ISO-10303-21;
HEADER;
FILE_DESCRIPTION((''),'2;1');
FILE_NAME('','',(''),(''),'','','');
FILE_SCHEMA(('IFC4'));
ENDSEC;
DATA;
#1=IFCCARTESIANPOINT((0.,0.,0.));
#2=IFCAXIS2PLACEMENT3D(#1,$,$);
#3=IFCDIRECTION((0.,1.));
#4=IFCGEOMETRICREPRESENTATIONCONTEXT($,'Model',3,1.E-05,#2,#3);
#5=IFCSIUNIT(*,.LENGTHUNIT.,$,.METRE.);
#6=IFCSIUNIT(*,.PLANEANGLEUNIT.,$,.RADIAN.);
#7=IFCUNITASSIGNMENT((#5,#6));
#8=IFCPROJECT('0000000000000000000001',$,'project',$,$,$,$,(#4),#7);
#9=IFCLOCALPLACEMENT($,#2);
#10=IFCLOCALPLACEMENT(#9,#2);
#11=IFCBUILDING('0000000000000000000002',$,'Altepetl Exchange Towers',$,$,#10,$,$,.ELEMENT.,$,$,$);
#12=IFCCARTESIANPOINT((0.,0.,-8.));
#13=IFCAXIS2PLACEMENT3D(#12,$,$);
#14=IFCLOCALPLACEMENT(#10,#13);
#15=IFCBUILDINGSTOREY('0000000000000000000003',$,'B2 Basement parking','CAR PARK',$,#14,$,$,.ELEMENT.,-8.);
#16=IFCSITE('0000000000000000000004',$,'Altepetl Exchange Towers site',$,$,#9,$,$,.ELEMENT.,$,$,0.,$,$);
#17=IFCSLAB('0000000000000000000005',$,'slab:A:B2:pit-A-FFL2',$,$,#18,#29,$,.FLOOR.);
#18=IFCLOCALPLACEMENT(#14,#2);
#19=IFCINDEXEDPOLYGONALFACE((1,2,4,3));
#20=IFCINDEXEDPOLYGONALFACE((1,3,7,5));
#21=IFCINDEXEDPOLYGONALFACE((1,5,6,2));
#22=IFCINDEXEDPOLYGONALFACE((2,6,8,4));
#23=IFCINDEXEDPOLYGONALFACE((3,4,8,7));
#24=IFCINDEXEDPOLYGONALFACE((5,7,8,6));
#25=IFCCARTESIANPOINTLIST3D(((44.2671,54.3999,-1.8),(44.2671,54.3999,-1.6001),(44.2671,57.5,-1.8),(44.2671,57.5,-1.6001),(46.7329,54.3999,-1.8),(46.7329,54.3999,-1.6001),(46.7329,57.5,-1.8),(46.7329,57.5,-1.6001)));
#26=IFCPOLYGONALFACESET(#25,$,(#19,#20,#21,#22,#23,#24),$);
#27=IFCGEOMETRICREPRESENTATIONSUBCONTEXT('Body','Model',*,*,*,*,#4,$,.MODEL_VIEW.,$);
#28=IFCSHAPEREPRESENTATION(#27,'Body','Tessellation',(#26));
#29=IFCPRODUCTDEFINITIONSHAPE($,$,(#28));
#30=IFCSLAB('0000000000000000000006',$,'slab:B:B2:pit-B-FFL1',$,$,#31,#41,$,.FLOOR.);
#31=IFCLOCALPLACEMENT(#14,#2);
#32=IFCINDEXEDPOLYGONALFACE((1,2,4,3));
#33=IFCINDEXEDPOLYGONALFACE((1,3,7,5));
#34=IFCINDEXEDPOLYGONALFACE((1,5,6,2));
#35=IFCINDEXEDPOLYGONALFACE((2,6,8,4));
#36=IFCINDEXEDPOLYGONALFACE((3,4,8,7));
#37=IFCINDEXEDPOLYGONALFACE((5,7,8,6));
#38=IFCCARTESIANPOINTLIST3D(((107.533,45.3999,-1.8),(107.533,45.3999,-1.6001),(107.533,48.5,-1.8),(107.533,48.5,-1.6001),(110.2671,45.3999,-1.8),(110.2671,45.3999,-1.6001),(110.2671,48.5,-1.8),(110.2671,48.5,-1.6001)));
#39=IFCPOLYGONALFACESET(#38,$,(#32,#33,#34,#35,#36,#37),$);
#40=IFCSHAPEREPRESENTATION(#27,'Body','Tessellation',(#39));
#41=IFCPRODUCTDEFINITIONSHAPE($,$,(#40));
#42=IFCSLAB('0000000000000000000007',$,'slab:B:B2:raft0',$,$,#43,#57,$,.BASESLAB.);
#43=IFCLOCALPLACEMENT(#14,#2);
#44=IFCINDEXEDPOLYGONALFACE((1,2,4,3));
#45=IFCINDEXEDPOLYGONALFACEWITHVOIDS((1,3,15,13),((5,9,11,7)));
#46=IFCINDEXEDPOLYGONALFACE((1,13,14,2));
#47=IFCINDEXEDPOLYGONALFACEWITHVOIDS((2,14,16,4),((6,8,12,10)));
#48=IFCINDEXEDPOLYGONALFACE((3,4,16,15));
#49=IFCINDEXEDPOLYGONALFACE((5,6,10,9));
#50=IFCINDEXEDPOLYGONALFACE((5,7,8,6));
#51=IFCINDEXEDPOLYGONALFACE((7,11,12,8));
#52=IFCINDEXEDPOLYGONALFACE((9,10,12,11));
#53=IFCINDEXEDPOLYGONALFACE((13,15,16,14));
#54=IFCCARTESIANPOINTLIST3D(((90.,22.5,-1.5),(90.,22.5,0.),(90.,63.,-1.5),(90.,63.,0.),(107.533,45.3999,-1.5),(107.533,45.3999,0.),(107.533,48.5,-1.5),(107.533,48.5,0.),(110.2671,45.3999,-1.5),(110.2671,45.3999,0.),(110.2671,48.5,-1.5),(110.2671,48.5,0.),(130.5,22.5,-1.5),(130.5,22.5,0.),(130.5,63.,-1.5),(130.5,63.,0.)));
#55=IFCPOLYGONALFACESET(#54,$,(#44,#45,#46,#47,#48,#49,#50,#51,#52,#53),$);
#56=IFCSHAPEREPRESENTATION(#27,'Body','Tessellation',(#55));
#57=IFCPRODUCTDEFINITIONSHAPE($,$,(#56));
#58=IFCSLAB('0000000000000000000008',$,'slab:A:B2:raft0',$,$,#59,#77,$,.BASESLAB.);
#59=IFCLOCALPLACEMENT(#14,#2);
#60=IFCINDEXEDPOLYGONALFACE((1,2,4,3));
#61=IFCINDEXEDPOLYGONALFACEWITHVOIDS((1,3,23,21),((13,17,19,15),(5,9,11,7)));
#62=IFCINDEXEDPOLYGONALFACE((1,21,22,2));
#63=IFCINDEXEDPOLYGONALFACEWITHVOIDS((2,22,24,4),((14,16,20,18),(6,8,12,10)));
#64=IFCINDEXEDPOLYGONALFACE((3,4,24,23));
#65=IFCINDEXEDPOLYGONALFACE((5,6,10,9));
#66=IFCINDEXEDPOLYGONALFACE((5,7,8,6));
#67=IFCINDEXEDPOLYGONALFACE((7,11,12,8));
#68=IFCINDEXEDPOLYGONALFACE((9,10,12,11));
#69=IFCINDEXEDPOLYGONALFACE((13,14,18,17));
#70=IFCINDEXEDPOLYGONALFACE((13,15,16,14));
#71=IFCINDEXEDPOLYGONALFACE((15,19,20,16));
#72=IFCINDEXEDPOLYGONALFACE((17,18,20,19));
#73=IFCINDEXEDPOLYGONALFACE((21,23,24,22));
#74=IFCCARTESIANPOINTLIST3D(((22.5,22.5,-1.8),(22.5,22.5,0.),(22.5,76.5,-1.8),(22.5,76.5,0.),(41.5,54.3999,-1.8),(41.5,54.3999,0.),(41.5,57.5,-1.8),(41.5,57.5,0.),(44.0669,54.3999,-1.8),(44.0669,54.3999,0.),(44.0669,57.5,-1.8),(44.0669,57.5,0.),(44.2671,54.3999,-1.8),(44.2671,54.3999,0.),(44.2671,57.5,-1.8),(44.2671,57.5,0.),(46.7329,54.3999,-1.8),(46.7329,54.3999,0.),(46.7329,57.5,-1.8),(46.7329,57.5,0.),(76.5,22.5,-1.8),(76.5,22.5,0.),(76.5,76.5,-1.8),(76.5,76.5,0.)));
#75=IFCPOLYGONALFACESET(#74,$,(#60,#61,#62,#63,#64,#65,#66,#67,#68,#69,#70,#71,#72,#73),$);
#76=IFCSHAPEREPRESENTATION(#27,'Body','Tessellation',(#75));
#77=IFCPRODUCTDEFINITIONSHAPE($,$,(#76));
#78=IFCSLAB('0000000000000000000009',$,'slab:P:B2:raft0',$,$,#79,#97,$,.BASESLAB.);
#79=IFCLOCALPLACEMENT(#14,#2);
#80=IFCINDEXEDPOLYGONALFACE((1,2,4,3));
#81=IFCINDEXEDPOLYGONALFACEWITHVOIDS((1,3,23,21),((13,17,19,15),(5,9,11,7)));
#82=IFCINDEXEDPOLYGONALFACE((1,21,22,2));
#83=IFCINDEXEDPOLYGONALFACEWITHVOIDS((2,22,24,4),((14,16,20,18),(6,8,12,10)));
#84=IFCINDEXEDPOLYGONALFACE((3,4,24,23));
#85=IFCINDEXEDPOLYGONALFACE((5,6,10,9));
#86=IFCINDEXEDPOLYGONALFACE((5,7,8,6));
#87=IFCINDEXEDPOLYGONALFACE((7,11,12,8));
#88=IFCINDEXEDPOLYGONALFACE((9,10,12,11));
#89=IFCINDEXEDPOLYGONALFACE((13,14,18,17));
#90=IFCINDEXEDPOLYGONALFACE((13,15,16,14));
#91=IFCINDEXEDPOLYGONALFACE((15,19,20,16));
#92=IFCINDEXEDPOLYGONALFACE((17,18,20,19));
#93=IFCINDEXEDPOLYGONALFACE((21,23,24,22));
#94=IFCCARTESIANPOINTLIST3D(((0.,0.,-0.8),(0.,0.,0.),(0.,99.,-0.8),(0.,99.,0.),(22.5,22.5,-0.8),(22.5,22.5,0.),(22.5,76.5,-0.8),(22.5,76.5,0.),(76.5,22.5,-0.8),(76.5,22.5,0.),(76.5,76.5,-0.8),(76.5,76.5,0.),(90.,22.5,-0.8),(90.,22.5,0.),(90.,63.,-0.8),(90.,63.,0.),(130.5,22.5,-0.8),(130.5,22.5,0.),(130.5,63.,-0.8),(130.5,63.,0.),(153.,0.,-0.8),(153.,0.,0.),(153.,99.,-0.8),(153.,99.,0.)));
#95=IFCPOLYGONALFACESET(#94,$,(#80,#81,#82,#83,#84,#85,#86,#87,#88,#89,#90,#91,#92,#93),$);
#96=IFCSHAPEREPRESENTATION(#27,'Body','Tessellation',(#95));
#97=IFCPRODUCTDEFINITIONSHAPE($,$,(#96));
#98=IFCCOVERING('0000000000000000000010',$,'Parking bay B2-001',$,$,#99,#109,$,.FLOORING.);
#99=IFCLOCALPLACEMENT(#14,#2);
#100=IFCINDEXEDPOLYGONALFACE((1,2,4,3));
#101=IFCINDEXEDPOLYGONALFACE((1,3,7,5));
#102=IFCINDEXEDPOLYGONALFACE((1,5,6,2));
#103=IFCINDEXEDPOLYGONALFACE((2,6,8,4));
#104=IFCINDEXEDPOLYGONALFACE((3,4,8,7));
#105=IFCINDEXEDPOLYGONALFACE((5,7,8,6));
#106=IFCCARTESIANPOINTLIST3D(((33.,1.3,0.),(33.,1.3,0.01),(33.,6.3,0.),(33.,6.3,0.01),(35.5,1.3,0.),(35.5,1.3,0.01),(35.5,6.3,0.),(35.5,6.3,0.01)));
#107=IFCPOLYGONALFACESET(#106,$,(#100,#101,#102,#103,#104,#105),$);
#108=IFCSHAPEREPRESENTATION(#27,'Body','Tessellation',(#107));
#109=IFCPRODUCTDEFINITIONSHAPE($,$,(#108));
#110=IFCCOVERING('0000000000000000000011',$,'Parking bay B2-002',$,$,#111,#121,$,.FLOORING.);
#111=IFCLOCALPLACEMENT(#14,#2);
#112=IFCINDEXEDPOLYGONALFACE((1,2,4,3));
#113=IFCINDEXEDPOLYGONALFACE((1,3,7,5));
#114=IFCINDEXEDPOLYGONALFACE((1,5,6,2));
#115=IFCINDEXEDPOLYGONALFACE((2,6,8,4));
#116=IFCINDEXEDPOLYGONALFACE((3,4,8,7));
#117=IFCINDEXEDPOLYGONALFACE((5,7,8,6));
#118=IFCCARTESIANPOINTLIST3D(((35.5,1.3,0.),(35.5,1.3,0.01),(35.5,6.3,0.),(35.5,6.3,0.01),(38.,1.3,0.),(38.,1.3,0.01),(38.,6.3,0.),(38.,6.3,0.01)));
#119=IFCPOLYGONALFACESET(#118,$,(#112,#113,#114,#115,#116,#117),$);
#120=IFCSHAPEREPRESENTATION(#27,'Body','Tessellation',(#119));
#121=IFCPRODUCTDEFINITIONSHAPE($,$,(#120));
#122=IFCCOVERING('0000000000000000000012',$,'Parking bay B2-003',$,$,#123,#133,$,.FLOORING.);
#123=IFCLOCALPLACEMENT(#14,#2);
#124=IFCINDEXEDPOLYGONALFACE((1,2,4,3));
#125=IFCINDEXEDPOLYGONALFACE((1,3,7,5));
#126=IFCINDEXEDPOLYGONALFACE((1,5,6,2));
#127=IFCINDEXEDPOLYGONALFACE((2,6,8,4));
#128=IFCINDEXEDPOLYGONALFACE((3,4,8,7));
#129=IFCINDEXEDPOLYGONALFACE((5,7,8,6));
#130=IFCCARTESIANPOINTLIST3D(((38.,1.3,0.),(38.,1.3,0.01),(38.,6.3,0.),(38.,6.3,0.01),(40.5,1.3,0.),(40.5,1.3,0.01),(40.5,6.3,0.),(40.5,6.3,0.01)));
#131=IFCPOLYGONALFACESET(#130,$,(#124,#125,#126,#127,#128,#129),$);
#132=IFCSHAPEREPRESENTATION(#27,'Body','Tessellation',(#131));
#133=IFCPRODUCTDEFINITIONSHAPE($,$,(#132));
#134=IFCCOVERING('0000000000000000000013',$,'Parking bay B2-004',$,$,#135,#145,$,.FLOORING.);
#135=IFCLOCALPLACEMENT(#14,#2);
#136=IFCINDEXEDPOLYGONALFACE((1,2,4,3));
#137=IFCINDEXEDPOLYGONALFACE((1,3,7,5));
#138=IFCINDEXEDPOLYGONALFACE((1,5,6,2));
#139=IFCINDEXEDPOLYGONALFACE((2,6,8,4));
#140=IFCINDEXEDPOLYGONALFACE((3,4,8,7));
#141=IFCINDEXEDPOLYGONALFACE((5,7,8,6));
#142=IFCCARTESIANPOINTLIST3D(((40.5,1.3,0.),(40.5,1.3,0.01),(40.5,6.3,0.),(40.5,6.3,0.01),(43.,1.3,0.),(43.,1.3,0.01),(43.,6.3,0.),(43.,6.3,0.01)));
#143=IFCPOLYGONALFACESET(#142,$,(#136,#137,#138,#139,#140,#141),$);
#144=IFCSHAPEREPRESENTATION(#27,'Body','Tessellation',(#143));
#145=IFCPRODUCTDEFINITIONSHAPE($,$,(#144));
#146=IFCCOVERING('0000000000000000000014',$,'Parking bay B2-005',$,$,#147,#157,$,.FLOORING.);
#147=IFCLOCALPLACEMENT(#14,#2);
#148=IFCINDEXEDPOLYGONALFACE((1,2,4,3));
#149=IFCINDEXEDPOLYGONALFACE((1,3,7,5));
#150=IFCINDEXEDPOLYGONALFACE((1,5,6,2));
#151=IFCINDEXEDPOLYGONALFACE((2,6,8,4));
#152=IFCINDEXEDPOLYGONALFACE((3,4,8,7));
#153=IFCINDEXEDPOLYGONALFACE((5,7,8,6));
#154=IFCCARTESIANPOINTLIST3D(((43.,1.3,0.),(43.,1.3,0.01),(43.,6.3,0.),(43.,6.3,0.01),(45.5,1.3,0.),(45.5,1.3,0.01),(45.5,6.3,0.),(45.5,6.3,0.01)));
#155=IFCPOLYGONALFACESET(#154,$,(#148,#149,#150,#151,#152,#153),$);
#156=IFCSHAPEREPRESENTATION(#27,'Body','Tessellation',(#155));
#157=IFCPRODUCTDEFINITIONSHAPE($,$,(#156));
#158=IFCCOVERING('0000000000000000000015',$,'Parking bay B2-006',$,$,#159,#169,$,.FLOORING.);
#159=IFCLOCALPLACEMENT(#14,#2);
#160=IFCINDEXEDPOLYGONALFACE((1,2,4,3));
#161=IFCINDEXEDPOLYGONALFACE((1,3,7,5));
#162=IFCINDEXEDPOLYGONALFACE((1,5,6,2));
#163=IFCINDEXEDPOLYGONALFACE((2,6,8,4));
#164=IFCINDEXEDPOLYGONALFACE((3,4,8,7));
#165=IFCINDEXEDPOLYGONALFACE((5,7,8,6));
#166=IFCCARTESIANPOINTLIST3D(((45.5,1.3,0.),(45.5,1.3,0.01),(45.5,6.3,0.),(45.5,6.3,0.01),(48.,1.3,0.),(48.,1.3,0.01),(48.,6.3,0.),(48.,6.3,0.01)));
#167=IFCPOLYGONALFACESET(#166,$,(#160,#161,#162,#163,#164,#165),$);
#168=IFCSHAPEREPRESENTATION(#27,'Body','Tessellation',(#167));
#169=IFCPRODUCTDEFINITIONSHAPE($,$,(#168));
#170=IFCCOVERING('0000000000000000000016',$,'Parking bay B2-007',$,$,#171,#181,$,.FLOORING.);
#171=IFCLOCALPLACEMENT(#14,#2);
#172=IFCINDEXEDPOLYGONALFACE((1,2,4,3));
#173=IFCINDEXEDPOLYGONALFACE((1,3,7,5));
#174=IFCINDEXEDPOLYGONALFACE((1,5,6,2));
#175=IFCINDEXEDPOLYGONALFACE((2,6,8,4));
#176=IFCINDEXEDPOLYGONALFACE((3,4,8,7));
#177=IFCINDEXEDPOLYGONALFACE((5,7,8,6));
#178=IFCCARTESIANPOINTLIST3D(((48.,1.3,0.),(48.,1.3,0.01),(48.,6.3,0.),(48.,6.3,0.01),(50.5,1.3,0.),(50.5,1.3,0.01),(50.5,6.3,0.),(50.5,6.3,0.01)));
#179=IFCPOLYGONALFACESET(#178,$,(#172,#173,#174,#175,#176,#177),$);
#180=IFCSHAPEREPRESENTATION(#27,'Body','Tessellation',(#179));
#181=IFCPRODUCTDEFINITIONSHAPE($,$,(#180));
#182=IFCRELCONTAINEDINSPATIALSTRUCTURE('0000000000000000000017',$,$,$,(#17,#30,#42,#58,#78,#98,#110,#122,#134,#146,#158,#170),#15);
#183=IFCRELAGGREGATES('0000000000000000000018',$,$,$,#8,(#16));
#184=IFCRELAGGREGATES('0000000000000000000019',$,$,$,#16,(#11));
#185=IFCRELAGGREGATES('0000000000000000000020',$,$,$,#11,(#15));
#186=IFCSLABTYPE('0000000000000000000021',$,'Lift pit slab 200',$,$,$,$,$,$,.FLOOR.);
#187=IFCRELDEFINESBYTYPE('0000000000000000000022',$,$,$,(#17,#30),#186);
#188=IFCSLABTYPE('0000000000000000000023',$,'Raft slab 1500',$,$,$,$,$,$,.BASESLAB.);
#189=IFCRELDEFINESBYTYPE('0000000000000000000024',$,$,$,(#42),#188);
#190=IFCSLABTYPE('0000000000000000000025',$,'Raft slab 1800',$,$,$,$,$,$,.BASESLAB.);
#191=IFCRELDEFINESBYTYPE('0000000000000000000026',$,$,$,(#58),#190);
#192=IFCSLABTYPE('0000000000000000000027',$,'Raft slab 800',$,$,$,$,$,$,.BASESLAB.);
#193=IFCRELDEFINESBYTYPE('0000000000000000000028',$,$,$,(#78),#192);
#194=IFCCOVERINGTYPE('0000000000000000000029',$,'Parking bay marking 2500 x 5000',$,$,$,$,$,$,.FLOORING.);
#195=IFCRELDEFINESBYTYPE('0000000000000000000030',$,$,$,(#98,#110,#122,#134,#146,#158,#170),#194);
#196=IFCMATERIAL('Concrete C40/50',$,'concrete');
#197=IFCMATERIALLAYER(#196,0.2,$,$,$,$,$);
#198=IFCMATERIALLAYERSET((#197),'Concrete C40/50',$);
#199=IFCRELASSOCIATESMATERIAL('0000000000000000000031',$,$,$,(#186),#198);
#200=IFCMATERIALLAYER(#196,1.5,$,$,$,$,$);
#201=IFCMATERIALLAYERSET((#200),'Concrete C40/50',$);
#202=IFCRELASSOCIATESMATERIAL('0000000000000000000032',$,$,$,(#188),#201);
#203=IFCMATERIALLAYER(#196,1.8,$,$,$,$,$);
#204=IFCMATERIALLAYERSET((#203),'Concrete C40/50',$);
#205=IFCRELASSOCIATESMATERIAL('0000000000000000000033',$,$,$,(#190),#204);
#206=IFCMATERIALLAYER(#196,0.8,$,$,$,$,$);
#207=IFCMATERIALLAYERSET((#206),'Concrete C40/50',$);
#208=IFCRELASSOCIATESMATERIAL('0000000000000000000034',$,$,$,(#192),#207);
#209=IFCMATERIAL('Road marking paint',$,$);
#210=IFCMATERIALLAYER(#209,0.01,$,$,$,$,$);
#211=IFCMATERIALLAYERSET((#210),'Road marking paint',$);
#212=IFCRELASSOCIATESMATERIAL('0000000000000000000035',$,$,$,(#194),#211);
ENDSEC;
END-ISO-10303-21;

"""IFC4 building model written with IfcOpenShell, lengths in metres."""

from ifc_helpers import new_model, si_unit, direction, frame, origin, place, context, subcontext, project, spatial, polyline, outline, extrude, material, layer, layer_set, type_object, element, save


model = new_model("IFC4")

# Units and contexts
model_context = context("Model", 3, precision=1e-05, world=origin(), true_north=direction((0.0, 1.0)))
body_context = subcontext(model_context, "Body", "Model", "MODEL_VIEW")
ifc_project = project(units=[si_unit("LENGTHUNIT", "METRE"), si_unit("PLANEANGLEUNIT", "RADIAN")], contexts=[model_context])

# Site, building, storey
site_placement = place(None, origin())
site = spatial("IfcSite", under=ifc_project, at=site_placement, Name="Altepetl Exchange Towers site", CompositionType="ELEMENT", RefElevation=0.0)
building_placement = place(site_placement, origin())
building = spatial("IfcBuilding", under=site, at=building_placement, Name="Altepetl Exchange Towers", CompositionType="ELEMENT")
storey_placement = place(building_placement, frame((0.0, 0.0, -8.0)))
storey = spatial("IfcBuildingStorey", under=building, at=storey_placement, Name="B2 Basement parking", Description="CAR PARK", CompositionType="ELEMENT", Elevation=-8.0)

# Slabs
ifc_material_1 = material(Name="Concrete C40/50", Category="concrete")
ifc_layer_1 = layer(ifc_material_1, 0.2)
ifc_layer_set_1 = layer_set([ifc_layer_1], Name="Concrete C40/50")
slab_type_1 = type_object("IfcSlabType", Name="Lift pit slab 200", PredefinedType="FLOOR", material=ifc_layer_set_1)
slab_1_placement = place(storey_placement, frame((0.0, 0.0, -1.8)))
element("IfcSlab", 1, at=slab_1_placement, inside=storey, type_object=slab_type_1, Name="slab:A:B2:pit-A-FFL2", PredefinedType="FLOOR", context=body_context, shape_type="SweptSolid", body=[
    extrude(outline(polyline([(46.7329, 54.3999), (46.7329, 57.5), (44.2671, 57.5), (44.2671, 54.3999), (46.7329, 54.3999)])), origin(), (0.0, 0.0, 1.0), 0.2),
])
slab_2_placement = place(storey_placement, frame((0.0, 0.0, -1.8)))
element("IfcSlab", 2, at=slab_2_placement, inside=storey, type_object=slab_type_1, Name="slab:B:B2:pit-B-FFL1", PredefinedType="FLOOR", context=body_context, shape_type="SweptSolid", body=[
    extrude(outline(polyline([(110.2671, 45.3999), (110.2671, 48.5), (107.533, 48.5), (107.533, 45.3999), (110.2671, 45.3999)])), origin(), (0.0, 0.0, 1.0), 0.2),
])
ifc_layer_2 = layer(ifc_material_1, 1.5)
ifc_layer_set_2 = layer_set([ifc_layer_2], Name="Concrete C40/50")
slab_type_2 = type_object("IfcSlabType", Name="Raft slab 1500", PredefinedType="BASESLAB", material=ifc_layer_set_2)
slab_3_placement = place(storey_placement, frame((0.0, 0.0, -1.5)))
element("IfcSlab", 3, at=slab_3_placement, inside=storey, type_object=slab_type_2, Name="slab:B:B2:raft0", PredefinedType="BASESLAB", context=body_context, shape_type="SweptSolid", body=[
    extrude(outline(polyline([(90.0, 22.5), (130.5, 22.5), (130.5, 63.0), (90.0, 63.0), (90.0, 22.5)]), holes=[polyline([(110.2671, 48.5), (110.2671, 45.3999), (107.533, 45.3999), (107.533, 48.5), (110.2671, 48.5)])]), origin(), (0.0, 0.0, 1.0), 1.5),
])
ifc_layer_3 = layer(ifc_material_1, 1.8)
ifc_layer_set_3 = layer_set([ifc_layer_3], Name="Concrete C40/50")
slab_type_3 = type_object("IfcSlabType", Name="Raft slab 1800", PredefinedType="BASESLAB", material=ifc_layer_set_3)
slab_4_placement = place(storey_placement, frame((0.0, 0.0, -1.8)))
element("IfcSlab", 4, at=slab_4_placement, inside=storey, type_object=slab_type_3, Name="slab:A:B2:raft0", PredefinedType="BASESLAB", context=body_context, shape_type="SweptSolid", body=[
    extrude(outline(polyline([(22.5, 22.5), (76.5, 22.5), (76.5, 76.5), (22.5, 76.5), (22.5, 22.5)]), holes=[polyline([(44.0669, 54.3999), (41.5, 54.3999), (41.5, 57.5), (44.0669, 57.5), (44.0669, 54.3999)]), polyline([(46.7329, 54.3999), (44.2671, 54.3999), (44.2671, 57.5), (46.7329, 57.5), (46.7329, 54.3999)])]), origin(), (0.0, 0.0, 1.0), 1.8),
])
ifc_layer_4 = layer(ifc_material_1, 0.8)
ifc_layer_set_4 = layer_set([ifc_layer_4], Name="Concrete C40/50")
slab_type_4 = type_object("IfcSlabType", Name="Raft slab 800", PredefinedType="BASESLAB", material=ifc_layer_set_4)
slab_5_placement = place(storey_placement, frame((0.0, 0.0, -0.8)))
element("IfcSlab", 5, at=slab_5_placement, inside=storey, type_object=slab_type_4, Name="slab:P:B2:raft0", PredefinedType="BASESLAB", context=body_context, shape_type="SweptSolid", body=[
    extrude(outline(polyline([(0.0, 0.0), (153.0, 0.0), (153.0, 99.0), (0.0, 99.0), (0.0, 0.0)]), holes=[polyline([(130.5, 22.5), (90.0, 22.5), (90.0, 63.0), (130.5, 63.0), (130.5, 22.5)]), polyline([(76.5, 22.5), (22.5, 22.5), (22.5, 76.5), (76.5, 76.5), (76.5, 22.5)])]), origin(), (0.0, 0.0, 1.0), 0.8),
])

# Coverings
ifc_material_2 = material(Name="Road marking paint")
ifc_layer_5 = layer(ifc_material_2, 0.01)
ifc_layer_set_5 = layer_set([ifc_layer_5], Name="Road marking paint")
covering_type = type_object("IfcCoveringType", Name="Parking bay marking 2500 x 5000", PredefinedType="FLOORING", material=ifc_layer_set_5)
covering_1_placement = place(storey_placement, origin())
element("IfcCovering", 6, at=covering_1_placement, inside=storey, type_object=covering_type, Name="Parking bay B2-001", PredefinedType="FLOORING", context=body_context, shape_type="SweptSolid", body=[
    extrude(outline(polyline([(33.0, 1.3), (35.5, 1.3), (35.5, 6.3), (33.0, 6.3), (33.0, 1.3)])), origin(), (0.0, 0.0, 1.0), 0.01),
])
covering_2_placement = place(storey_placement, origin())
element("IfcCovering", 7, at=covering_2_placement, inside=storey, type_object=covering_type, Name="Parking bay B2-002", PredefinedType="FLOORING", context=body_context, shape_type="SweptSolid", body=[
    extrude(outline(polyline([(35.5, 1.3), (38.0, 1.3), (38.0, 6.3), (35.5, 6.3), (35.5, 1.3)])), origin(), (0.0, 0.0, 1.0), 0.01),
])
covering_3_placement = place(storey_placement, origin())
element("IfcCovering", 8, at=covering_3_placement, inside=storey, type_object=covering_type, Name="Parking bay B2-003", PredefinedType="FLOORING", context=body_context, shape_type="SweptSolid", body=[
    extrude(outline(polyline([(38.0, 1.3), (40.5, 1.3), (40.5, 6.3), (38.0, 6.3), (38.0, 1.3)])), origin(), (0.0, 0.0, 1.0), 0.01),
])
covering_4_placement = place(storey_placement, origin())
element("IfcCovering", 9, at=covering_4_placement, inside=storey, type_object=covering_type, Name="Parking bay B2-004", PredefinedType="FLOORING", context=body_context, shape_type="SweptSolid", body=[
    extrude(outline(polyline([(40.5, 1.3), (43.0, 1.3), (43.0, 6.3), (40.5, 6.3), (40.5, 1.3)])), origin(), (0.0, 0.0, 1.0), 0.01),
])
covering_5_placement = place(storey_placement, origin())
element("IfcCovering", 10, at=covering_5_placement, inside=storey, type_object=covering_type, Name="Parking bay B2-005", PredefinedType="FLOORING", context=body_context, shape_type="SweptSolid", body=[
    extrude(outline(polyline([(43.0, 1.3), (45.5, 1.3), (45.5, 6.3), (43.0, 6.3), (43.0, 1.3)])), origin(), (0.0, 0.0, 1.0), 0.01),
])
covering_6_placement = place(storey_placement, origin())
element("IfcCovering", 11, at=covering_6_placement, inside=storey, type_object=covering_type, Name="Parking bay B2-006", PredefinedType="FLOORING", context=body_context, shape_type="SweptSolid", body=[
    extrude(outline(polyline([(45.5, 1.3), (48.0, 1.3), (48.0, 6.3), (45.5, 6.3), (45.5, 1.3)])), origin(), (0.0, 0.0, 1.0), 0.01),
])
covering_7_placement = place(storey_placement, origin())
element("IfcCovering", 12, at=covering_7_placement, inside=storey, type_object=covering_type, Name="Parking bay B2-007", PredefinedType="FLOORING", context=body_context, shape_type="SweptSolid", body=[
    extrude(outline(polyline([(48.0, 1.3), (50.5, 1.3), (50.5, 6.3), (48.0, 6.3), (48.0, 1.3)])), origin(), (0.0, 0.0, 1.0), 0.01),
])

save(model, "model.ifc")
